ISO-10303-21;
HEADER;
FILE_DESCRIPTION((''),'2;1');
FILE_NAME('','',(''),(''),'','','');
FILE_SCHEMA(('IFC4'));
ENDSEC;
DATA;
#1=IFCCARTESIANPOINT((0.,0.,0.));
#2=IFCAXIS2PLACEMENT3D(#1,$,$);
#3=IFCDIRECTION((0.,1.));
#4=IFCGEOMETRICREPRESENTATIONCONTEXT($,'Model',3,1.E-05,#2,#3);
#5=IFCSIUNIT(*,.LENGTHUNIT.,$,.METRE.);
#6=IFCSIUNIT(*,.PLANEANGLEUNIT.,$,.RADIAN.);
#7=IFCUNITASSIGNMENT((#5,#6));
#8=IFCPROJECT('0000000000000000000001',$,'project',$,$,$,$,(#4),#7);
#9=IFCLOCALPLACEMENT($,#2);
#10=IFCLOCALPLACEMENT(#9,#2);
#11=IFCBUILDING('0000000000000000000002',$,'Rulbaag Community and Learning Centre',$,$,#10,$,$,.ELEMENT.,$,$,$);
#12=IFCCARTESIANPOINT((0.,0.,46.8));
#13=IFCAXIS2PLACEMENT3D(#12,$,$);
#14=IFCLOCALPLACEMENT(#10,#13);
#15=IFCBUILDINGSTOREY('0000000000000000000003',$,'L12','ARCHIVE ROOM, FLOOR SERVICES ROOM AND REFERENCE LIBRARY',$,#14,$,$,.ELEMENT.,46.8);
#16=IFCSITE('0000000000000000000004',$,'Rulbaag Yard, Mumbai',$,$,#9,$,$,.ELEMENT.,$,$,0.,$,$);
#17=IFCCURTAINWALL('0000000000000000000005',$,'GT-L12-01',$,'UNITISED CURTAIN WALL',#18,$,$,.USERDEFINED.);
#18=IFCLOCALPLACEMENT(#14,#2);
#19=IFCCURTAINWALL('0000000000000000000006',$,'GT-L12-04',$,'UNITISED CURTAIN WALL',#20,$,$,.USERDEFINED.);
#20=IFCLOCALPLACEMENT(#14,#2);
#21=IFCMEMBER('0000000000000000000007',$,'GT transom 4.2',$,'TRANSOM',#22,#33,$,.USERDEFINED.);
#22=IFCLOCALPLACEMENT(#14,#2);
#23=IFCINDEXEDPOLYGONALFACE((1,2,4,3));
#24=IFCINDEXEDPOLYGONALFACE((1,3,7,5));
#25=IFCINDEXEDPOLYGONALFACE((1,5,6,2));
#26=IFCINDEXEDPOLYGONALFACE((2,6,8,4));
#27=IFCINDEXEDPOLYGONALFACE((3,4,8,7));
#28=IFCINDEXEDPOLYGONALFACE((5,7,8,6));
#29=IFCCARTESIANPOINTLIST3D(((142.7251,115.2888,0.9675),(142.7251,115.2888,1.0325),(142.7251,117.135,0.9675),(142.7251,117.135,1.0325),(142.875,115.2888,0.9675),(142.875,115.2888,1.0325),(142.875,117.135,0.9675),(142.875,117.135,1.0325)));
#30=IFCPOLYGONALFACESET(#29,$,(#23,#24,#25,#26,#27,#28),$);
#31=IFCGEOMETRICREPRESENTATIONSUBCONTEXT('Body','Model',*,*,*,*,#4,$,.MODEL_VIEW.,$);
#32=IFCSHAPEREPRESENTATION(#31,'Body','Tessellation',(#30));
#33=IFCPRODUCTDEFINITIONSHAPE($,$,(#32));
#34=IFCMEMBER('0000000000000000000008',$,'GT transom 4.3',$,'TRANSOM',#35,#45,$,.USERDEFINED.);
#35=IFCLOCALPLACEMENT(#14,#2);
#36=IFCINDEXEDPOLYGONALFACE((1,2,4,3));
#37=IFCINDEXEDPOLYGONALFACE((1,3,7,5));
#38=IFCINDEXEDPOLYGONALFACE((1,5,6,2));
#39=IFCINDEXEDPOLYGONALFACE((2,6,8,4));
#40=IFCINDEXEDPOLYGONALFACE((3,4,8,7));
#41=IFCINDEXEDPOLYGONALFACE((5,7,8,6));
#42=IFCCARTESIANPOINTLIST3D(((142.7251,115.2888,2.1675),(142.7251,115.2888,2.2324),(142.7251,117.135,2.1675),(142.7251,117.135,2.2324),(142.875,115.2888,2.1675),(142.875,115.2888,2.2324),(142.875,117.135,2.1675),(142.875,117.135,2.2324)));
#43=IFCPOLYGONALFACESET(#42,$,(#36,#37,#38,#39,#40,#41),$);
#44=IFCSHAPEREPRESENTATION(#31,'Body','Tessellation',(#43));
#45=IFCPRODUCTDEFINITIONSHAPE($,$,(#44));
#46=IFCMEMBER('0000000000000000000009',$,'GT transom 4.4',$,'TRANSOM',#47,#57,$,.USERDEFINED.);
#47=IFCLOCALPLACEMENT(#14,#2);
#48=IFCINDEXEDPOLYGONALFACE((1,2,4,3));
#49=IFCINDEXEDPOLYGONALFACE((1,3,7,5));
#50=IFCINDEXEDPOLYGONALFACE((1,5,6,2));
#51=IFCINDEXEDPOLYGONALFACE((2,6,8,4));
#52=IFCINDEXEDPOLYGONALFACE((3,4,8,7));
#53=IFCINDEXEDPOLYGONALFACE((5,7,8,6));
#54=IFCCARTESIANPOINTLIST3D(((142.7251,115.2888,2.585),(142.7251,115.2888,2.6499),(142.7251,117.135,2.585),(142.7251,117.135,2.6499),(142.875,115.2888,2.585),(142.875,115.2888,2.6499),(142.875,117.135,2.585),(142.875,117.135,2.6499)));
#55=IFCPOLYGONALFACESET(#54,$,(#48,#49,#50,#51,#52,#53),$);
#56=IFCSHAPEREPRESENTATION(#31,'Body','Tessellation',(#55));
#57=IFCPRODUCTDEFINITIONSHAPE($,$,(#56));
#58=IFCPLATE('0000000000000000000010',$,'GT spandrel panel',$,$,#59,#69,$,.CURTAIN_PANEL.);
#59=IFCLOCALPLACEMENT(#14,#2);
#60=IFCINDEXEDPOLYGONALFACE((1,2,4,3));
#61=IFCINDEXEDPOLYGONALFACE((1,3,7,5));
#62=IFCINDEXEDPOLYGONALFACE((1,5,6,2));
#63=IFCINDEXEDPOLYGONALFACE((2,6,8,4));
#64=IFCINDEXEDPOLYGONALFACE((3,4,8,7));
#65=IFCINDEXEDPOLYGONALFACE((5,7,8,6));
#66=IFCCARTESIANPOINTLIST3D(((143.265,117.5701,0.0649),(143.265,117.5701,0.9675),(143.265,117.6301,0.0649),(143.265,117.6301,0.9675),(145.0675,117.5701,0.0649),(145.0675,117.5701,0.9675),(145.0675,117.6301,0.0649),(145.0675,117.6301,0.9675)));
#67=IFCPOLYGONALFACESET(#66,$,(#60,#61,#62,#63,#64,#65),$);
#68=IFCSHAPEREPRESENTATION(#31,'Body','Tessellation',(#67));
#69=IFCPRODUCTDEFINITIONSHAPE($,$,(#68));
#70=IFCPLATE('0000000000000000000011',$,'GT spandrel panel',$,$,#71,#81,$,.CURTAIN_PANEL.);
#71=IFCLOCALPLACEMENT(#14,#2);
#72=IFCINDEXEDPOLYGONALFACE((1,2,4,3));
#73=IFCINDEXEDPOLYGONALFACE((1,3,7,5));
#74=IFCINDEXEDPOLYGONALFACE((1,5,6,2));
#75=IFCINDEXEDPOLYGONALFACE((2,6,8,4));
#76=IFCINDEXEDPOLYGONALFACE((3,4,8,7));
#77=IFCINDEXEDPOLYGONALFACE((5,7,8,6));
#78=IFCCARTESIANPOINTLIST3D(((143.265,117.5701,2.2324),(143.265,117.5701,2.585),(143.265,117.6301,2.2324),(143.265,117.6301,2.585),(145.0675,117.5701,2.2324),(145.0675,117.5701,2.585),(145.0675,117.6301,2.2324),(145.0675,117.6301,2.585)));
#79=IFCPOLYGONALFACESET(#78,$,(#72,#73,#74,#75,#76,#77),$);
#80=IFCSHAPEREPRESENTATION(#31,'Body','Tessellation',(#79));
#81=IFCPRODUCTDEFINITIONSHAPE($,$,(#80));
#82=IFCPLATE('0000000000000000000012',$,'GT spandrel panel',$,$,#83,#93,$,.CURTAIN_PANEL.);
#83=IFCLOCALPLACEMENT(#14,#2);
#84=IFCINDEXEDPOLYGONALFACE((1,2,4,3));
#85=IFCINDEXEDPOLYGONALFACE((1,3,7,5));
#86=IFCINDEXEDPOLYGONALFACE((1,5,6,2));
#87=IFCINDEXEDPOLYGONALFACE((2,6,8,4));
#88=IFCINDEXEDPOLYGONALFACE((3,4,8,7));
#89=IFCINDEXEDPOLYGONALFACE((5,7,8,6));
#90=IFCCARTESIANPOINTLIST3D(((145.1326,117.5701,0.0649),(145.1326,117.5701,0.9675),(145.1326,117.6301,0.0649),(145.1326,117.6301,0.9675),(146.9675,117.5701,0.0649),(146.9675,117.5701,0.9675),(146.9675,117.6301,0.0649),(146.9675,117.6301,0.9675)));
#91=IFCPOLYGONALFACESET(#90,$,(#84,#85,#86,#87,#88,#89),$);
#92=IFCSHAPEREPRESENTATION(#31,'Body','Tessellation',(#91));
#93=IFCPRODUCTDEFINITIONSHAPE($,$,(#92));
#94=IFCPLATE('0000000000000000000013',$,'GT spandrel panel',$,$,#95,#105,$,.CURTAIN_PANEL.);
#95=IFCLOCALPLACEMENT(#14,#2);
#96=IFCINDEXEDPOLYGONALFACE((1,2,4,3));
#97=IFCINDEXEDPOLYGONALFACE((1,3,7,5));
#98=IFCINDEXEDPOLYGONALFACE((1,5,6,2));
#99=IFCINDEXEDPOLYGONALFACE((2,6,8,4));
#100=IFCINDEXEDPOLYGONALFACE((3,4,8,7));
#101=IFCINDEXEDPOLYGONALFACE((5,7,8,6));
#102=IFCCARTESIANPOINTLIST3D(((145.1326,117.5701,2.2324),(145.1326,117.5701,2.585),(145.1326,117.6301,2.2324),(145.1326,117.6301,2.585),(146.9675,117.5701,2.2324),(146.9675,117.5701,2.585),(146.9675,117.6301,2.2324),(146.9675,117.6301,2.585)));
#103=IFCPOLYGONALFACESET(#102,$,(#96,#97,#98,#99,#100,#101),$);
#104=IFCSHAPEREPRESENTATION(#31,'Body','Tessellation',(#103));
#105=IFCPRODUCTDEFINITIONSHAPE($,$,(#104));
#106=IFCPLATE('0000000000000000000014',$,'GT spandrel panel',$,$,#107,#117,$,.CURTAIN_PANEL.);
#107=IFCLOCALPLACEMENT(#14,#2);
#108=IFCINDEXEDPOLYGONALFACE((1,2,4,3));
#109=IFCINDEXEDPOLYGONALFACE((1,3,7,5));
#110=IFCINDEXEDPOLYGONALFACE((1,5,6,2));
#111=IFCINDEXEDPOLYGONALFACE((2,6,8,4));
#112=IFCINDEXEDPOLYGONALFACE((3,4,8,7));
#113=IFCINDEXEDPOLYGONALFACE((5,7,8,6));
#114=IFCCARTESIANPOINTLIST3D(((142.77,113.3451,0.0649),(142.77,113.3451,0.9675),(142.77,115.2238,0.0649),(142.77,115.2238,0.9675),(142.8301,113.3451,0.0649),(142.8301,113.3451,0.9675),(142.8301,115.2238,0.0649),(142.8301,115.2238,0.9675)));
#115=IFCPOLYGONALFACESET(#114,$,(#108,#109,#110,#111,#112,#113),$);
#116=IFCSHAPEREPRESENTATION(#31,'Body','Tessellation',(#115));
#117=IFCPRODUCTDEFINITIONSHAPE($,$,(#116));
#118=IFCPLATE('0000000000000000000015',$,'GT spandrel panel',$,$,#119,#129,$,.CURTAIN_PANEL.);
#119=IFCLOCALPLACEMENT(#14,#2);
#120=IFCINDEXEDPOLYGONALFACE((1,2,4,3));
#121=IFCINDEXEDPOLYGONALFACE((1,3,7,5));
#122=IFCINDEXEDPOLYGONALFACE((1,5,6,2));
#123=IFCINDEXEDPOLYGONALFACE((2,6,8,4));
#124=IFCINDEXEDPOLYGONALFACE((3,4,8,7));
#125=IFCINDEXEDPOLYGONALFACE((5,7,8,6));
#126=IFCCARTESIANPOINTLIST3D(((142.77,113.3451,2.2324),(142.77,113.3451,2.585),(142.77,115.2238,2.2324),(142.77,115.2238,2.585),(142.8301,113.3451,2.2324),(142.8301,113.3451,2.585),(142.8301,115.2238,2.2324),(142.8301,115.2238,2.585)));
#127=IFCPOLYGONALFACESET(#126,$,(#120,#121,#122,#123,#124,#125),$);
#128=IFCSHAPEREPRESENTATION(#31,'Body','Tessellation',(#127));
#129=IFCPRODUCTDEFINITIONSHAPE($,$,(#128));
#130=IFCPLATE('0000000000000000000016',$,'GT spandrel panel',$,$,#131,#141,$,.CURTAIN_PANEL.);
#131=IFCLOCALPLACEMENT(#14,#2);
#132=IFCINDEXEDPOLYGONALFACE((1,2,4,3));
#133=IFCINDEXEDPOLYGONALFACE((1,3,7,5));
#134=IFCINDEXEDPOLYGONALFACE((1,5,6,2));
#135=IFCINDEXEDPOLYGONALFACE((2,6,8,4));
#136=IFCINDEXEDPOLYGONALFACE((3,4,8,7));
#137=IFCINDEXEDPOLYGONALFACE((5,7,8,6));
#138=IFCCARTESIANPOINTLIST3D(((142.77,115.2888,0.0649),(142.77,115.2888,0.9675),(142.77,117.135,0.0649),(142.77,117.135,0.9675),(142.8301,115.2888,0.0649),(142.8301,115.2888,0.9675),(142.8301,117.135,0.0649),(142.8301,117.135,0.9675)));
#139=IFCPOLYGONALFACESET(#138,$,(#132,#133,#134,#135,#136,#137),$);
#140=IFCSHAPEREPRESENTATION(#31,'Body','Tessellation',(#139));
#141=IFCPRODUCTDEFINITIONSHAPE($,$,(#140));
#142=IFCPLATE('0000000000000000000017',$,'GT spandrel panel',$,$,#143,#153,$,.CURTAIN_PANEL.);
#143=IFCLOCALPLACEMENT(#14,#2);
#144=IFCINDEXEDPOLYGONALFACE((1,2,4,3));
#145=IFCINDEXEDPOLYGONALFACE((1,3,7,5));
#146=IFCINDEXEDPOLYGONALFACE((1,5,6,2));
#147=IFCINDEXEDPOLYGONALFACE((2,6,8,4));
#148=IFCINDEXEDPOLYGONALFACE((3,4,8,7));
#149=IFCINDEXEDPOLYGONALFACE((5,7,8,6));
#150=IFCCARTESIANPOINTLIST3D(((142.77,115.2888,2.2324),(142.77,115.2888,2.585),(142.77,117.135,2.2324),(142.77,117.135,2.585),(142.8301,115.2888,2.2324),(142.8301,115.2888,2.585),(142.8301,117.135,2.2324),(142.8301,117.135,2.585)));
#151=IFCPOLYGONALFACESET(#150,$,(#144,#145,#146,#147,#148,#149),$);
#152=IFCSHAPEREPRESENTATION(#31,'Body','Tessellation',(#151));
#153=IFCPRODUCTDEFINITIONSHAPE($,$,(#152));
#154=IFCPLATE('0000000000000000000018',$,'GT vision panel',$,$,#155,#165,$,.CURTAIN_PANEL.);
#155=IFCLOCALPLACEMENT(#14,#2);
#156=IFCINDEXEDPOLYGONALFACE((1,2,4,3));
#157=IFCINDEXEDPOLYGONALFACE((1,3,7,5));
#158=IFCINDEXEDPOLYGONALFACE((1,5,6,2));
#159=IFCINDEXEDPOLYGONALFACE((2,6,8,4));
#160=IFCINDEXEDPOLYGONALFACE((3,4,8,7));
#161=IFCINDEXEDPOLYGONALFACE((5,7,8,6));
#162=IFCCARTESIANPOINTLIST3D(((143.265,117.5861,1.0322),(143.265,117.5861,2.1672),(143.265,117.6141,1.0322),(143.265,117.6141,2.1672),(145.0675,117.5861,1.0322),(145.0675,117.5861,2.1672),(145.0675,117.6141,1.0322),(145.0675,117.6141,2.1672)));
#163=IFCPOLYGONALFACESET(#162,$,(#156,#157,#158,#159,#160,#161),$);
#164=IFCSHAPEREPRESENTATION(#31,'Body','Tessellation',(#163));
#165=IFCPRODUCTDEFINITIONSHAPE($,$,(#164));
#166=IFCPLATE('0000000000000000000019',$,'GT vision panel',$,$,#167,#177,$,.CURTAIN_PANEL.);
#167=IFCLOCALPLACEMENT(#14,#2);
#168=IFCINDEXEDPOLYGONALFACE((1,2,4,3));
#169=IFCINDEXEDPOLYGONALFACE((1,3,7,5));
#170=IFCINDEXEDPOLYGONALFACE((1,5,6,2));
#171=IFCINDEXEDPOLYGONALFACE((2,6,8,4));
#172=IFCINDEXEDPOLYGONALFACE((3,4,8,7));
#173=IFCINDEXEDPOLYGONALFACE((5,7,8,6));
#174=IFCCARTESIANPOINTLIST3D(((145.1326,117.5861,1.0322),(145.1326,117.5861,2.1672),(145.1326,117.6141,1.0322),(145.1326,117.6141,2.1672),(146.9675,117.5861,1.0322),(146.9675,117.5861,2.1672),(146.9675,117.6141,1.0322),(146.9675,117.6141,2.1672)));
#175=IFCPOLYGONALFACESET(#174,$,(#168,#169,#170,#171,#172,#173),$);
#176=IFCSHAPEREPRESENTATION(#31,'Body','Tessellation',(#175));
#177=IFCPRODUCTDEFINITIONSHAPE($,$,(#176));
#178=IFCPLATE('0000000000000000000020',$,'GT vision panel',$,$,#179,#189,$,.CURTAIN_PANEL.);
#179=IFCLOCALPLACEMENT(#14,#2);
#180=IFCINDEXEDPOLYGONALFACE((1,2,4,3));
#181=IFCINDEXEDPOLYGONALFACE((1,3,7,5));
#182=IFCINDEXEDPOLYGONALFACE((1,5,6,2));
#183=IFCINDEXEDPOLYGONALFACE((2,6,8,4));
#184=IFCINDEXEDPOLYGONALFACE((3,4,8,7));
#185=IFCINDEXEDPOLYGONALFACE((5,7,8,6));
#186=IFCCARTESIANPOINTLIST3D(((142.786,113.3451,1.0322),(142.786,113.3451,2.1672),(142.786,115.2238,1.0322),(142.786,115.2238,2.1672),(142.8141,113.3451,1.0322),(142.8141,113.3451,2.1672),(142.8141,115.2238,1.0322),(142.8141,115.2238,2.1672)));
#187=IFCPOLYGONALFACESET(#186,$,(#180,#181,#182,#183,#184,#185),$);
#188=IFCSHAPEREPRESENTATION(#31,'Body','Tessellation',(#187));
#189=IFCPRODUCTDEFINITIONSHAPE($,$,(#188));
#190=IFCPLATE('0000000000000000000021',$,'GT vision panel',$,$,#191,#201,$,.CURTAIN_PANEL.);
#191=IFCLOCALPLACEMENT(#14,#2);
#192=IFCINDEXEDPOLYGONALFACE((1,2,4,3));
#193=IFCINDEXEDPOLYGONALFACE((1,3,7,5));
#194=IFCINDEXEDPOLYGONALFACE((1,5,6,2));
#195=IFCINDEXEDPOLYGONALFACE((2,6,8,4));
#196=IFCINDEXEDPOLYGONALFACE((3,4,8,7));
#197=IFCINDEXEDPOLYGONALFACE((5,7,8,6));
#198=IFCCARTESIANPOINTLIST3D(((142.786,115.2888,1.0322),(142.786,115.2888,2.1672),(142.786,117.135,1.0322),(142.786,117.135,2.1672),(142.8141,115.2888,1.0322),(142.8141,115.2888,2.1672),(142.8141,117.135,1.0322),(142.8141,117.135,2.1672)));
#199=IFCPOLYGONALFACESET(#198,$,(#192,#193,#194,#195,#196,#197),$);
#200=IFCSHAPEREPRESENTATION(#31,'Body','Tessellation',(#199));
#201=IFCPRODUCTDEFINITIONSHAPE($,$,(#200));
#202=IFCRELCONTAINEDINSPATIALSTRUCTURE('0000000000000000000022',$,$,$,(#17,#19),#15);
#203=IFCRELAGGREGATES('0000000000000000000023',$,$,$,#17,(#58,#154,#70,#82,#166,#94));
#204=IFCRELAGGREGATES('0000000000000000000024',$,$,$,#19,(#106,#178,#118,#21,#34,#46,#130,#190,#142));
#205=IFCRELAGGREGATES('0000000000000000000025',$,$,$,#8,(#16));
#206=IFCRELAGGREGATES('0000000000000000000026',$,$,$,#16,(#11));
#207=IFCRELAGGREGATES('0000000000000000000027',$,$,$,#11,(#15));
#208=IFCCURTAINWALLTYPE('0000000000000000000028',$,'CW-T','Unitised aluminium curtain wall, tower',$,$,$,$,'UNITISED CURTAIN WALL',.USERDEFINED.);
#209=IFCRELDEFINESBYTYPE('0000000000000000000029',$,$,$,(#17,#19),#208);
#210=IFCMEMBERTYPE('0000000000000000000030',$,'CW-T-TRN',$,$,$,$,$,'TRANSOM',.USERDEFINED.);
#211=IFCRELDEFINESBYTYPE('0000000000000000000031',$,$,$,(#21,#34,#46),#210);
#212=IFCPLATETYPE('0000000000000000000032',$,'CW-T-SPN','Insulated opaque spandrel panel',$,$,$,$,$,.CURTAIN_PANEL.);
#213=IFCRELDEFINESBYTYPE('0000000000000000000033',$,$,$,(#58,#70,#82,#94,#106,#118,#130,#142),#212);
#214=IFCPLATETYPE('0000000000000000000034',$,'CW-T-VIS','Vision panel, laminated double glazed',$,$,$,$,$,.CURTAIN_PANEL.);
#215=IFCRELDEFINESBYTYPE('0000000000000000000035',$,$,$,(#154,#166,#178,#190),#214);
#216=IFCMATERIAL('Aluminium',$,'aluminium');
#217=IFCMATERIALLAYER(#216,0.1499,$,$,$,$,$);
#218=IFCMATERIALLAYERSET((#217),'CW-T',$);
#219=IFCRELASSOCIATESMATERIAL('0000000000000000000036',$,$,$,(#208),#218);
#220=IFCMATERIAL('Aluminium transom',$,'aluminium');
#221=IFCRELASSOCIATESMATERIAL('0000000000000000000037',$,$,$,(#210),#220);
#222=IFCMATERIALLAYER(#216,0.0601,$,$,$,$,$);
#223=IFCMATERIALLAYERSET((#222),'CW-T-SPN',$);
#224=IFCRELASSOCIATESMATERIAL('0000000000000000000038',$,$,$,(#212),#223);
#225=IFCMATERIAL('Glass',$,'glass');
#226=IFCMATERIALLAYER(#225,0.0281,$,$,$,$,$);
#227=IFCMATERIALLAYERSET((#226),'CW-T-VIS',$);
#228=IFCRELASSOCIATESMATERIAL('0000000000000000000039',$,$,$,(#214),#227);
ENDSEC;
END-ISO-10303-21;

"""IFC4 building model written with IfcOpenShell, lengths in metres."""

from ifc_helpers import new_model, si_unit, direction, frame, origin, origin_2d, place, context, subcontext, project, spatial, rectangle, extrude, material, layer, layer_set, material_profile, profile_set, type_object, element, aggregate, save


model = new_model("IFC4")

# Units and contexts
model_context = context("Model", 3, precision=1e-05, world=origin(), true_north=direction((0.0, 1.0)))
body_context = subcontext(model_context, "Body", "Model", "MODEL_VIEW")
ifc_project = project(units=[si_unit("LENGTHUNIT", "METRE"), si_unit("PLANEANGLEUNIT", "RADIAN")], contexts=[model_context])

# Site, building, storey
site_placement = place(None, origin())
site = spatial("IfcSite", under=ifc_project, at=site_placement, Name="Rulbaag Yard, Mumbai", CompositionType="ELEMENT", RefElevation=0.0)
building_placement = place(site_placement, origin())
building = spatial("IfcBuilding", under=site, at=building_placement, Name="Rulbaag Community and Learning Centre", CompositionType="ELEMENT")
storey_placement = place(building_placement, frame((0.0, 0.0, 46.8)))
storey = spatial("IfcBuildingStorey", under=building, at=storey_placement, Name="L12", Description="ARCHIVE ROOM, FLOOR SERVICES ROOM AND REFERENCE LIBRARY", CompositionType="ELEMENT", Elevation=46.8)

# Curtain walls, members
ifc_material_1 = material(Name="Aluminium", Category="aluminium")
ifc_layer_1 = layer(ifc_material_1, 0.1499)
ifc_layer_set_1 = layer_set([ifc_layer_1], Name="CW-T")
curtain_wall_type = type_object("IfcCurtainWallType", Name="CW-T", Description="Unitised aluminium curtain wall, tower", ElementType="UNITISED CURTAIN WALL", PredefinedType="USERDEFINED", material=ifc_layer_set_1)
curtain_wall_1_placement = place(storey_placement, origin())
curtain_wall_1 = element("IfcCurtainWall", 1, at=curtain_wall_1_placement, inside=storey, type_object=curtain_wall_type, Name="GT-L12-01", ObjectType="UNITISED CURTAIN WALL", PredefinedType="USERDEFINED")
ifc_material_2 = material(Name="Aluminium transom", Category="aluminium")
ifc_material_profile_1 = material_profile(ifc_material_2, rectangle(XDim=0.1499, YDim=0.0649, at=origin_2d()), Name="AL 65x150 T")
ifc_profile_set_1 = profile_set([ifc_material_profile_1], Name="Aluminium transom")
member_type_1 = type_object("IfcMemberType", Name="CW-T-TRN", ElementType="TRANSOM", PredefinedType="USERDEFINED", material=ifc_profile_set_1)
curtain_wall_2_placement = place(storey_placement, origin())
curtain_wall_2 = element("IfcCurtainWall", 2, at=curtain_wall_2_placement, inside=storey, type_object=curtain_wall_type, Name="GT-L12-04", ObjectType="UNITISED CURTAIN WALL", PredefinedType="USERDEFINED")
member_1_placement = place(storey_placement, frame((142.8, 115.2888, 1.0), z_axis=(0.0, 1.0, 0.0), x_axis=(-1.0, 0.0, 0.0)))
member_1 = element("IfcMember", 3, at=member_1_placement, type_object=member_type_1, Name="GT transom 4.2", ObjectType="TRANSOM", PredefinedType="USERDEFINED", context=body_context, shape_type="SweptSolid", body=[
    extrude(rectangle(XDim=0.1499, YDim=0.0649, at=origin_2d()), origin(), (0.0, 0.0, 1.0), 1.8462),
])
member_2_placement = place(storey_placement, frame((142.8, 115.2888, 2.2), z_axis=(0.0, 1.0, 0.0), x_axis=(-1.0, 0.0, 0.0)))
member_2 = element("IfcMember", 4, at=member_2_placement, type_object=member_type_1, Name="GT transom 4.3", ObjectType="TRANSOM", PredefinedType="USERDEFINED", context=body_context, shape_type="SweptSolid", body=[
    extrude(rectangle(XDim=0.1499, YDim=0.0649, at=origin_2d()), origin(), (0.0, 0.0, 1.0), 1.8462),
])
member_3_placement = place(storey_placement, frame((142.8, 115.2888, 2.6174), z_axis=(0.0, 1.0, 0.0), x_axis=(-1.0, 0.0, 0.0)))
member_3 = element("IfcMember", 5, at=member_3_placement, type_object=member_type_1, Name="GT transom 4.4", ObjectType="TRANSOM", PredefinedType="USERDEFINED", context=body_context, shape_type="SweptSolid", body=[
    extrude(rectangle(XDim=0.1499, YDim=0.0649, at=origin_2d()), origin(), (0.0, 0.0, 1.0), 1.8462),
])

# Plates
ifc_layer_2 = layer(ifc_material_1, 0.0601)
ifc_layer_set_2 = layer_set([ifc_layer_2], Name="CW-T-SPN")
plate_type_1 = type_object("IfcPlateType", Name="CW-T-SPN", Description="Insulated opaque spandrel panel", PredefinedType="CURTAIN_PANEL", material=ifc_layer_set_2)
plate_1_placement = place(storey_placement, frame((144.1663, 117.6001, 0.0649), z_axis=(0.0, 0.0, 1.0), x_axis=(1.0, 0.0, 0.0)))
plate_1 = element("IfcPlate", 6, at=plate_1_placement, type_object=plate_type_1, Name="GT spandrel panel", PredefinedType="CURTAIN_PANEL", context=body_context, shape_type="SweptSolid", body=[
    extrude(rectangle(XDim=1.8025, YDim=0.0601, at=origin_2d()), origin(), (0.0, 0.0, 1.0), 0.9026),
])
plate_2_placement = place(storey_placement, frame((144.1663, 117.6001, 2.2324), z_axis=(0.0, 0.0, 1.0), x_axis=(1.0, 0.0, 0.0)))
plate_2 = element("IfcPlate", 7, at=plate_2_placement, type_object=plate_type_1, Name="GT spandrel panel", PredefinedType="CURTAIN_PANEL", context=body_context, shape_type="SweptSolid", body=[
    extrude(rectangle(XDim=1.8025, YDim=0.0601, at=origin_2d()), origin(), (0.0, 0.0, 1.0), 0.3525),
])
plate_3_placement = place(storey_placement, frame((146.05, 117.6001, 0.0649), z_axis=(0.0, 0.0, 1.0), x_axis=(1.0, 0.0, 0.0)))
plate_3 = element("IfcPlate", 8, at=plate_3_placement, type_object=plate_type_1, Name="GT spandrel panel", PredefinedType="CURTAIN_PANEL", context=body_context, shape_type="SweptSolid", body=[
    extrude(rectangle(XDim=1.835, YDim=0.0601, at=origin_2d()), origin(), (0.0, 0.0, 1.0), 0.9026),
])
plate_4_placement = place(storey_placement, frame((146.05, 117.6001, 2.2324), z_axis=(0.0, 0.0, 1.0), x_axis=(1.0, 0.0, 0.0)))
plate_4 = element("IfcPlate", 9, at=plate_4_placement, type_object=plate_type_1, Name="GT spandrel panel", PredefinedType="CURTAIN_PANEL", context=body_context, shape_type="SweptSolid", body=[
    extrude(rectangle(XDim=1.835, YDim=0.0601, at=origin_2d()), origin(), (0.0, 0.0, 1.0), 0.3525),
])
plate_5_placement = place(storey_placement, frame((142.8, 114.2844, 0.0649), z_axis=(0.0, 0.0, 1.0), x_axis=(0.0, 1.0, 0.0)))
plate_5 = element("IfcPlate", 10, at=plate_5_placement, type_object=plate_type_1, Name="GT spandrel panel", PredefinedType="CURTAIN_PANEL", context=body_context, shape_type="SweptSolid", body=[
    extrude(rectangle(XDim=1.8787, YDim=0.0601, at=origin_2d()), origin(), (0.0, 0.0, 1.0), 0.9026),
])
plate_6_placement = place(storey_placement, frame((142.8, 114.2844, 2.2324), z_axis=(0.0, 0.0, 1.0), x_axis=(0.0, 1.0, 0.0)))
plate_6 = element("IfcPlate", 11, at=plate_6_placement, type_object=plate_type_1, Name="GT spandrel panel", PredefinedType="CURTAIN_PANEL", context=body_context, shape_type="SweptSolid", body=[
    extrude(rectangle(XDim=1.8787, YDim=0.0601, at=origin_2d()), origin(), (0.0, 0.0, 1.0), 0.3525),
])
plate_7_placement = place(storey_placement, frame((142.8, 116.2119, 0.0649), z_axis=(0.0, 0.0, 1.0), x_axis=(0.0, 1.0, 0.0)))
plate_7 = element("IfcPlate", 12, at=plate_7_placement, type_object=plate_type_1, Name="GT spandrel panel", PredefinedType="CURTAIN_PANEL", context=body_context, shape_type="SweptSolid", body=[
    extrude(rectangle(XDim=1.8462, YDim=0.0601, at=origin_2d()), origin(), (0.0, 0.0, 1.0), 0.9026),
])
plate_8_placement = place(storey_placement, frame((142.8, 116.2119, 2.2324), z_axis=(0.0, 0.0, 1.0), x_axis=(0.0, 1.0, 0.0)))
plate_8 = element("IfcPlate", 13, at=plate_8_placement, type_object=plate_type_1, Name="GT spandrel panel", PredefinedType="CURTAIN_PANEL", context=body_context, shape_type="SweptSolid", body=[
    extrude(rectangle(XDim=1.8462, YDim=0.0601, at=origin_2d()), origin(), (0.0, 0.0, 1.0), 0.3525),
])
ifc_material_3 = material(Name="Glass", Category="glass")
ifc_layer_3 = layer(ifc_material_3, 0.0281)
ifc_layer_set_3 = layer_set([ifc_layer_3], Name="CW-T-VIS")
plate_type_2 = type_object("IfcPlateType", Name="CW-T-VIS", Description="Vision panel, laminated double glazed", PredefinedType="CURTAIN_PANEL", material=ifc_layer_set_3)
plate_9_placement = place(storey_placement, frame((144.1663, 117.6001, 1.0322), z_axis=(0.0, 0.0, 1.0), x_axis=(1.0, 0.0, 0.0)))
plate_9 = element("IfcPlate", 14, at=plate_9_placement, type_object=plate_type_2, Name="GT vision panel", PredefinedType="CURTAIN_PANEL", context=body_context, shape_type="SweptSolid", body=[
    extrude(rectangle(XDim=1.8025, YDim=0.0281, at=origin_2d()), origin(), (0.0, 0.0, 1.0), 1.135),
])
plate_10_placement = place(storey_placement, frame((146.05, 117.6001, 1.0322), z_axis=(0.0, 0.0, 1.0), x_axis=(1.0, 0.0, 0.0)))
plate_10 = element("IfcPlate", 15, at=plate_10_placement, type_object=plate_type_2, Name="GT vision panel", PredefinedType="CURTAIN_PANEL", context=body_context, shape_type="SweptSolid", body=[
    extrude(rectangle(XDim=1.835, YDim=0.0281, at=origin_2d()), origin(), (0.0, 0.0, 1.0), 1.135),
])
aggregate(curtain_wall_1, [plate_1, plate_9, plate_2, plate_3, plate_10, plate_4])
plate_11_placement = place(storey_placement, frame((142.8, 114.2844, 1.0322), z_axis=(0.0, 0.0, 1.0), x_axis=(0.0, 1.0, 0.0)))
plate_11 = element("IfcPlate", 16, at=plate_11_placement, type_object=plate_type_2, Name="GT vision panel", PredefinedType="CURTAIN_PANEL", context=body_context, shape_type="SweptSolid", body=[
    extrude(rectangle(XDim=1.8787, YDim=0.0281, at=origin_2d()), origin(), (0.0, 0.0, 1.0), 1.135),
])
plate_12_placement = place(storey_placement, frame((142.8, 116.2119, 1.0322), z_axis=(0.0, 0.0, 1.0), x_axis=(0.0, 1.0, 0.0)))
plate_12 = element("IfcPlate", 17, at=plate_12_placement, type_object=plate_type_2, Name="GT vision panel", PredefinedType="CURTAIN_PANEL", context=body_context, shape_type="SweptSolid", body=[
    extrude(rectangle(XDim=1.8462, YDim=0.0281, at=origin_2d()), origin(), (0.0, 0.0, 1.0), 1.135),
])
aggregate(curtain_wall_2, [plate_5, plate_11, plate_6, member_1, member_2, member_3, plate_7, plate_12, plate_8])

save(model, "model.ifc")
